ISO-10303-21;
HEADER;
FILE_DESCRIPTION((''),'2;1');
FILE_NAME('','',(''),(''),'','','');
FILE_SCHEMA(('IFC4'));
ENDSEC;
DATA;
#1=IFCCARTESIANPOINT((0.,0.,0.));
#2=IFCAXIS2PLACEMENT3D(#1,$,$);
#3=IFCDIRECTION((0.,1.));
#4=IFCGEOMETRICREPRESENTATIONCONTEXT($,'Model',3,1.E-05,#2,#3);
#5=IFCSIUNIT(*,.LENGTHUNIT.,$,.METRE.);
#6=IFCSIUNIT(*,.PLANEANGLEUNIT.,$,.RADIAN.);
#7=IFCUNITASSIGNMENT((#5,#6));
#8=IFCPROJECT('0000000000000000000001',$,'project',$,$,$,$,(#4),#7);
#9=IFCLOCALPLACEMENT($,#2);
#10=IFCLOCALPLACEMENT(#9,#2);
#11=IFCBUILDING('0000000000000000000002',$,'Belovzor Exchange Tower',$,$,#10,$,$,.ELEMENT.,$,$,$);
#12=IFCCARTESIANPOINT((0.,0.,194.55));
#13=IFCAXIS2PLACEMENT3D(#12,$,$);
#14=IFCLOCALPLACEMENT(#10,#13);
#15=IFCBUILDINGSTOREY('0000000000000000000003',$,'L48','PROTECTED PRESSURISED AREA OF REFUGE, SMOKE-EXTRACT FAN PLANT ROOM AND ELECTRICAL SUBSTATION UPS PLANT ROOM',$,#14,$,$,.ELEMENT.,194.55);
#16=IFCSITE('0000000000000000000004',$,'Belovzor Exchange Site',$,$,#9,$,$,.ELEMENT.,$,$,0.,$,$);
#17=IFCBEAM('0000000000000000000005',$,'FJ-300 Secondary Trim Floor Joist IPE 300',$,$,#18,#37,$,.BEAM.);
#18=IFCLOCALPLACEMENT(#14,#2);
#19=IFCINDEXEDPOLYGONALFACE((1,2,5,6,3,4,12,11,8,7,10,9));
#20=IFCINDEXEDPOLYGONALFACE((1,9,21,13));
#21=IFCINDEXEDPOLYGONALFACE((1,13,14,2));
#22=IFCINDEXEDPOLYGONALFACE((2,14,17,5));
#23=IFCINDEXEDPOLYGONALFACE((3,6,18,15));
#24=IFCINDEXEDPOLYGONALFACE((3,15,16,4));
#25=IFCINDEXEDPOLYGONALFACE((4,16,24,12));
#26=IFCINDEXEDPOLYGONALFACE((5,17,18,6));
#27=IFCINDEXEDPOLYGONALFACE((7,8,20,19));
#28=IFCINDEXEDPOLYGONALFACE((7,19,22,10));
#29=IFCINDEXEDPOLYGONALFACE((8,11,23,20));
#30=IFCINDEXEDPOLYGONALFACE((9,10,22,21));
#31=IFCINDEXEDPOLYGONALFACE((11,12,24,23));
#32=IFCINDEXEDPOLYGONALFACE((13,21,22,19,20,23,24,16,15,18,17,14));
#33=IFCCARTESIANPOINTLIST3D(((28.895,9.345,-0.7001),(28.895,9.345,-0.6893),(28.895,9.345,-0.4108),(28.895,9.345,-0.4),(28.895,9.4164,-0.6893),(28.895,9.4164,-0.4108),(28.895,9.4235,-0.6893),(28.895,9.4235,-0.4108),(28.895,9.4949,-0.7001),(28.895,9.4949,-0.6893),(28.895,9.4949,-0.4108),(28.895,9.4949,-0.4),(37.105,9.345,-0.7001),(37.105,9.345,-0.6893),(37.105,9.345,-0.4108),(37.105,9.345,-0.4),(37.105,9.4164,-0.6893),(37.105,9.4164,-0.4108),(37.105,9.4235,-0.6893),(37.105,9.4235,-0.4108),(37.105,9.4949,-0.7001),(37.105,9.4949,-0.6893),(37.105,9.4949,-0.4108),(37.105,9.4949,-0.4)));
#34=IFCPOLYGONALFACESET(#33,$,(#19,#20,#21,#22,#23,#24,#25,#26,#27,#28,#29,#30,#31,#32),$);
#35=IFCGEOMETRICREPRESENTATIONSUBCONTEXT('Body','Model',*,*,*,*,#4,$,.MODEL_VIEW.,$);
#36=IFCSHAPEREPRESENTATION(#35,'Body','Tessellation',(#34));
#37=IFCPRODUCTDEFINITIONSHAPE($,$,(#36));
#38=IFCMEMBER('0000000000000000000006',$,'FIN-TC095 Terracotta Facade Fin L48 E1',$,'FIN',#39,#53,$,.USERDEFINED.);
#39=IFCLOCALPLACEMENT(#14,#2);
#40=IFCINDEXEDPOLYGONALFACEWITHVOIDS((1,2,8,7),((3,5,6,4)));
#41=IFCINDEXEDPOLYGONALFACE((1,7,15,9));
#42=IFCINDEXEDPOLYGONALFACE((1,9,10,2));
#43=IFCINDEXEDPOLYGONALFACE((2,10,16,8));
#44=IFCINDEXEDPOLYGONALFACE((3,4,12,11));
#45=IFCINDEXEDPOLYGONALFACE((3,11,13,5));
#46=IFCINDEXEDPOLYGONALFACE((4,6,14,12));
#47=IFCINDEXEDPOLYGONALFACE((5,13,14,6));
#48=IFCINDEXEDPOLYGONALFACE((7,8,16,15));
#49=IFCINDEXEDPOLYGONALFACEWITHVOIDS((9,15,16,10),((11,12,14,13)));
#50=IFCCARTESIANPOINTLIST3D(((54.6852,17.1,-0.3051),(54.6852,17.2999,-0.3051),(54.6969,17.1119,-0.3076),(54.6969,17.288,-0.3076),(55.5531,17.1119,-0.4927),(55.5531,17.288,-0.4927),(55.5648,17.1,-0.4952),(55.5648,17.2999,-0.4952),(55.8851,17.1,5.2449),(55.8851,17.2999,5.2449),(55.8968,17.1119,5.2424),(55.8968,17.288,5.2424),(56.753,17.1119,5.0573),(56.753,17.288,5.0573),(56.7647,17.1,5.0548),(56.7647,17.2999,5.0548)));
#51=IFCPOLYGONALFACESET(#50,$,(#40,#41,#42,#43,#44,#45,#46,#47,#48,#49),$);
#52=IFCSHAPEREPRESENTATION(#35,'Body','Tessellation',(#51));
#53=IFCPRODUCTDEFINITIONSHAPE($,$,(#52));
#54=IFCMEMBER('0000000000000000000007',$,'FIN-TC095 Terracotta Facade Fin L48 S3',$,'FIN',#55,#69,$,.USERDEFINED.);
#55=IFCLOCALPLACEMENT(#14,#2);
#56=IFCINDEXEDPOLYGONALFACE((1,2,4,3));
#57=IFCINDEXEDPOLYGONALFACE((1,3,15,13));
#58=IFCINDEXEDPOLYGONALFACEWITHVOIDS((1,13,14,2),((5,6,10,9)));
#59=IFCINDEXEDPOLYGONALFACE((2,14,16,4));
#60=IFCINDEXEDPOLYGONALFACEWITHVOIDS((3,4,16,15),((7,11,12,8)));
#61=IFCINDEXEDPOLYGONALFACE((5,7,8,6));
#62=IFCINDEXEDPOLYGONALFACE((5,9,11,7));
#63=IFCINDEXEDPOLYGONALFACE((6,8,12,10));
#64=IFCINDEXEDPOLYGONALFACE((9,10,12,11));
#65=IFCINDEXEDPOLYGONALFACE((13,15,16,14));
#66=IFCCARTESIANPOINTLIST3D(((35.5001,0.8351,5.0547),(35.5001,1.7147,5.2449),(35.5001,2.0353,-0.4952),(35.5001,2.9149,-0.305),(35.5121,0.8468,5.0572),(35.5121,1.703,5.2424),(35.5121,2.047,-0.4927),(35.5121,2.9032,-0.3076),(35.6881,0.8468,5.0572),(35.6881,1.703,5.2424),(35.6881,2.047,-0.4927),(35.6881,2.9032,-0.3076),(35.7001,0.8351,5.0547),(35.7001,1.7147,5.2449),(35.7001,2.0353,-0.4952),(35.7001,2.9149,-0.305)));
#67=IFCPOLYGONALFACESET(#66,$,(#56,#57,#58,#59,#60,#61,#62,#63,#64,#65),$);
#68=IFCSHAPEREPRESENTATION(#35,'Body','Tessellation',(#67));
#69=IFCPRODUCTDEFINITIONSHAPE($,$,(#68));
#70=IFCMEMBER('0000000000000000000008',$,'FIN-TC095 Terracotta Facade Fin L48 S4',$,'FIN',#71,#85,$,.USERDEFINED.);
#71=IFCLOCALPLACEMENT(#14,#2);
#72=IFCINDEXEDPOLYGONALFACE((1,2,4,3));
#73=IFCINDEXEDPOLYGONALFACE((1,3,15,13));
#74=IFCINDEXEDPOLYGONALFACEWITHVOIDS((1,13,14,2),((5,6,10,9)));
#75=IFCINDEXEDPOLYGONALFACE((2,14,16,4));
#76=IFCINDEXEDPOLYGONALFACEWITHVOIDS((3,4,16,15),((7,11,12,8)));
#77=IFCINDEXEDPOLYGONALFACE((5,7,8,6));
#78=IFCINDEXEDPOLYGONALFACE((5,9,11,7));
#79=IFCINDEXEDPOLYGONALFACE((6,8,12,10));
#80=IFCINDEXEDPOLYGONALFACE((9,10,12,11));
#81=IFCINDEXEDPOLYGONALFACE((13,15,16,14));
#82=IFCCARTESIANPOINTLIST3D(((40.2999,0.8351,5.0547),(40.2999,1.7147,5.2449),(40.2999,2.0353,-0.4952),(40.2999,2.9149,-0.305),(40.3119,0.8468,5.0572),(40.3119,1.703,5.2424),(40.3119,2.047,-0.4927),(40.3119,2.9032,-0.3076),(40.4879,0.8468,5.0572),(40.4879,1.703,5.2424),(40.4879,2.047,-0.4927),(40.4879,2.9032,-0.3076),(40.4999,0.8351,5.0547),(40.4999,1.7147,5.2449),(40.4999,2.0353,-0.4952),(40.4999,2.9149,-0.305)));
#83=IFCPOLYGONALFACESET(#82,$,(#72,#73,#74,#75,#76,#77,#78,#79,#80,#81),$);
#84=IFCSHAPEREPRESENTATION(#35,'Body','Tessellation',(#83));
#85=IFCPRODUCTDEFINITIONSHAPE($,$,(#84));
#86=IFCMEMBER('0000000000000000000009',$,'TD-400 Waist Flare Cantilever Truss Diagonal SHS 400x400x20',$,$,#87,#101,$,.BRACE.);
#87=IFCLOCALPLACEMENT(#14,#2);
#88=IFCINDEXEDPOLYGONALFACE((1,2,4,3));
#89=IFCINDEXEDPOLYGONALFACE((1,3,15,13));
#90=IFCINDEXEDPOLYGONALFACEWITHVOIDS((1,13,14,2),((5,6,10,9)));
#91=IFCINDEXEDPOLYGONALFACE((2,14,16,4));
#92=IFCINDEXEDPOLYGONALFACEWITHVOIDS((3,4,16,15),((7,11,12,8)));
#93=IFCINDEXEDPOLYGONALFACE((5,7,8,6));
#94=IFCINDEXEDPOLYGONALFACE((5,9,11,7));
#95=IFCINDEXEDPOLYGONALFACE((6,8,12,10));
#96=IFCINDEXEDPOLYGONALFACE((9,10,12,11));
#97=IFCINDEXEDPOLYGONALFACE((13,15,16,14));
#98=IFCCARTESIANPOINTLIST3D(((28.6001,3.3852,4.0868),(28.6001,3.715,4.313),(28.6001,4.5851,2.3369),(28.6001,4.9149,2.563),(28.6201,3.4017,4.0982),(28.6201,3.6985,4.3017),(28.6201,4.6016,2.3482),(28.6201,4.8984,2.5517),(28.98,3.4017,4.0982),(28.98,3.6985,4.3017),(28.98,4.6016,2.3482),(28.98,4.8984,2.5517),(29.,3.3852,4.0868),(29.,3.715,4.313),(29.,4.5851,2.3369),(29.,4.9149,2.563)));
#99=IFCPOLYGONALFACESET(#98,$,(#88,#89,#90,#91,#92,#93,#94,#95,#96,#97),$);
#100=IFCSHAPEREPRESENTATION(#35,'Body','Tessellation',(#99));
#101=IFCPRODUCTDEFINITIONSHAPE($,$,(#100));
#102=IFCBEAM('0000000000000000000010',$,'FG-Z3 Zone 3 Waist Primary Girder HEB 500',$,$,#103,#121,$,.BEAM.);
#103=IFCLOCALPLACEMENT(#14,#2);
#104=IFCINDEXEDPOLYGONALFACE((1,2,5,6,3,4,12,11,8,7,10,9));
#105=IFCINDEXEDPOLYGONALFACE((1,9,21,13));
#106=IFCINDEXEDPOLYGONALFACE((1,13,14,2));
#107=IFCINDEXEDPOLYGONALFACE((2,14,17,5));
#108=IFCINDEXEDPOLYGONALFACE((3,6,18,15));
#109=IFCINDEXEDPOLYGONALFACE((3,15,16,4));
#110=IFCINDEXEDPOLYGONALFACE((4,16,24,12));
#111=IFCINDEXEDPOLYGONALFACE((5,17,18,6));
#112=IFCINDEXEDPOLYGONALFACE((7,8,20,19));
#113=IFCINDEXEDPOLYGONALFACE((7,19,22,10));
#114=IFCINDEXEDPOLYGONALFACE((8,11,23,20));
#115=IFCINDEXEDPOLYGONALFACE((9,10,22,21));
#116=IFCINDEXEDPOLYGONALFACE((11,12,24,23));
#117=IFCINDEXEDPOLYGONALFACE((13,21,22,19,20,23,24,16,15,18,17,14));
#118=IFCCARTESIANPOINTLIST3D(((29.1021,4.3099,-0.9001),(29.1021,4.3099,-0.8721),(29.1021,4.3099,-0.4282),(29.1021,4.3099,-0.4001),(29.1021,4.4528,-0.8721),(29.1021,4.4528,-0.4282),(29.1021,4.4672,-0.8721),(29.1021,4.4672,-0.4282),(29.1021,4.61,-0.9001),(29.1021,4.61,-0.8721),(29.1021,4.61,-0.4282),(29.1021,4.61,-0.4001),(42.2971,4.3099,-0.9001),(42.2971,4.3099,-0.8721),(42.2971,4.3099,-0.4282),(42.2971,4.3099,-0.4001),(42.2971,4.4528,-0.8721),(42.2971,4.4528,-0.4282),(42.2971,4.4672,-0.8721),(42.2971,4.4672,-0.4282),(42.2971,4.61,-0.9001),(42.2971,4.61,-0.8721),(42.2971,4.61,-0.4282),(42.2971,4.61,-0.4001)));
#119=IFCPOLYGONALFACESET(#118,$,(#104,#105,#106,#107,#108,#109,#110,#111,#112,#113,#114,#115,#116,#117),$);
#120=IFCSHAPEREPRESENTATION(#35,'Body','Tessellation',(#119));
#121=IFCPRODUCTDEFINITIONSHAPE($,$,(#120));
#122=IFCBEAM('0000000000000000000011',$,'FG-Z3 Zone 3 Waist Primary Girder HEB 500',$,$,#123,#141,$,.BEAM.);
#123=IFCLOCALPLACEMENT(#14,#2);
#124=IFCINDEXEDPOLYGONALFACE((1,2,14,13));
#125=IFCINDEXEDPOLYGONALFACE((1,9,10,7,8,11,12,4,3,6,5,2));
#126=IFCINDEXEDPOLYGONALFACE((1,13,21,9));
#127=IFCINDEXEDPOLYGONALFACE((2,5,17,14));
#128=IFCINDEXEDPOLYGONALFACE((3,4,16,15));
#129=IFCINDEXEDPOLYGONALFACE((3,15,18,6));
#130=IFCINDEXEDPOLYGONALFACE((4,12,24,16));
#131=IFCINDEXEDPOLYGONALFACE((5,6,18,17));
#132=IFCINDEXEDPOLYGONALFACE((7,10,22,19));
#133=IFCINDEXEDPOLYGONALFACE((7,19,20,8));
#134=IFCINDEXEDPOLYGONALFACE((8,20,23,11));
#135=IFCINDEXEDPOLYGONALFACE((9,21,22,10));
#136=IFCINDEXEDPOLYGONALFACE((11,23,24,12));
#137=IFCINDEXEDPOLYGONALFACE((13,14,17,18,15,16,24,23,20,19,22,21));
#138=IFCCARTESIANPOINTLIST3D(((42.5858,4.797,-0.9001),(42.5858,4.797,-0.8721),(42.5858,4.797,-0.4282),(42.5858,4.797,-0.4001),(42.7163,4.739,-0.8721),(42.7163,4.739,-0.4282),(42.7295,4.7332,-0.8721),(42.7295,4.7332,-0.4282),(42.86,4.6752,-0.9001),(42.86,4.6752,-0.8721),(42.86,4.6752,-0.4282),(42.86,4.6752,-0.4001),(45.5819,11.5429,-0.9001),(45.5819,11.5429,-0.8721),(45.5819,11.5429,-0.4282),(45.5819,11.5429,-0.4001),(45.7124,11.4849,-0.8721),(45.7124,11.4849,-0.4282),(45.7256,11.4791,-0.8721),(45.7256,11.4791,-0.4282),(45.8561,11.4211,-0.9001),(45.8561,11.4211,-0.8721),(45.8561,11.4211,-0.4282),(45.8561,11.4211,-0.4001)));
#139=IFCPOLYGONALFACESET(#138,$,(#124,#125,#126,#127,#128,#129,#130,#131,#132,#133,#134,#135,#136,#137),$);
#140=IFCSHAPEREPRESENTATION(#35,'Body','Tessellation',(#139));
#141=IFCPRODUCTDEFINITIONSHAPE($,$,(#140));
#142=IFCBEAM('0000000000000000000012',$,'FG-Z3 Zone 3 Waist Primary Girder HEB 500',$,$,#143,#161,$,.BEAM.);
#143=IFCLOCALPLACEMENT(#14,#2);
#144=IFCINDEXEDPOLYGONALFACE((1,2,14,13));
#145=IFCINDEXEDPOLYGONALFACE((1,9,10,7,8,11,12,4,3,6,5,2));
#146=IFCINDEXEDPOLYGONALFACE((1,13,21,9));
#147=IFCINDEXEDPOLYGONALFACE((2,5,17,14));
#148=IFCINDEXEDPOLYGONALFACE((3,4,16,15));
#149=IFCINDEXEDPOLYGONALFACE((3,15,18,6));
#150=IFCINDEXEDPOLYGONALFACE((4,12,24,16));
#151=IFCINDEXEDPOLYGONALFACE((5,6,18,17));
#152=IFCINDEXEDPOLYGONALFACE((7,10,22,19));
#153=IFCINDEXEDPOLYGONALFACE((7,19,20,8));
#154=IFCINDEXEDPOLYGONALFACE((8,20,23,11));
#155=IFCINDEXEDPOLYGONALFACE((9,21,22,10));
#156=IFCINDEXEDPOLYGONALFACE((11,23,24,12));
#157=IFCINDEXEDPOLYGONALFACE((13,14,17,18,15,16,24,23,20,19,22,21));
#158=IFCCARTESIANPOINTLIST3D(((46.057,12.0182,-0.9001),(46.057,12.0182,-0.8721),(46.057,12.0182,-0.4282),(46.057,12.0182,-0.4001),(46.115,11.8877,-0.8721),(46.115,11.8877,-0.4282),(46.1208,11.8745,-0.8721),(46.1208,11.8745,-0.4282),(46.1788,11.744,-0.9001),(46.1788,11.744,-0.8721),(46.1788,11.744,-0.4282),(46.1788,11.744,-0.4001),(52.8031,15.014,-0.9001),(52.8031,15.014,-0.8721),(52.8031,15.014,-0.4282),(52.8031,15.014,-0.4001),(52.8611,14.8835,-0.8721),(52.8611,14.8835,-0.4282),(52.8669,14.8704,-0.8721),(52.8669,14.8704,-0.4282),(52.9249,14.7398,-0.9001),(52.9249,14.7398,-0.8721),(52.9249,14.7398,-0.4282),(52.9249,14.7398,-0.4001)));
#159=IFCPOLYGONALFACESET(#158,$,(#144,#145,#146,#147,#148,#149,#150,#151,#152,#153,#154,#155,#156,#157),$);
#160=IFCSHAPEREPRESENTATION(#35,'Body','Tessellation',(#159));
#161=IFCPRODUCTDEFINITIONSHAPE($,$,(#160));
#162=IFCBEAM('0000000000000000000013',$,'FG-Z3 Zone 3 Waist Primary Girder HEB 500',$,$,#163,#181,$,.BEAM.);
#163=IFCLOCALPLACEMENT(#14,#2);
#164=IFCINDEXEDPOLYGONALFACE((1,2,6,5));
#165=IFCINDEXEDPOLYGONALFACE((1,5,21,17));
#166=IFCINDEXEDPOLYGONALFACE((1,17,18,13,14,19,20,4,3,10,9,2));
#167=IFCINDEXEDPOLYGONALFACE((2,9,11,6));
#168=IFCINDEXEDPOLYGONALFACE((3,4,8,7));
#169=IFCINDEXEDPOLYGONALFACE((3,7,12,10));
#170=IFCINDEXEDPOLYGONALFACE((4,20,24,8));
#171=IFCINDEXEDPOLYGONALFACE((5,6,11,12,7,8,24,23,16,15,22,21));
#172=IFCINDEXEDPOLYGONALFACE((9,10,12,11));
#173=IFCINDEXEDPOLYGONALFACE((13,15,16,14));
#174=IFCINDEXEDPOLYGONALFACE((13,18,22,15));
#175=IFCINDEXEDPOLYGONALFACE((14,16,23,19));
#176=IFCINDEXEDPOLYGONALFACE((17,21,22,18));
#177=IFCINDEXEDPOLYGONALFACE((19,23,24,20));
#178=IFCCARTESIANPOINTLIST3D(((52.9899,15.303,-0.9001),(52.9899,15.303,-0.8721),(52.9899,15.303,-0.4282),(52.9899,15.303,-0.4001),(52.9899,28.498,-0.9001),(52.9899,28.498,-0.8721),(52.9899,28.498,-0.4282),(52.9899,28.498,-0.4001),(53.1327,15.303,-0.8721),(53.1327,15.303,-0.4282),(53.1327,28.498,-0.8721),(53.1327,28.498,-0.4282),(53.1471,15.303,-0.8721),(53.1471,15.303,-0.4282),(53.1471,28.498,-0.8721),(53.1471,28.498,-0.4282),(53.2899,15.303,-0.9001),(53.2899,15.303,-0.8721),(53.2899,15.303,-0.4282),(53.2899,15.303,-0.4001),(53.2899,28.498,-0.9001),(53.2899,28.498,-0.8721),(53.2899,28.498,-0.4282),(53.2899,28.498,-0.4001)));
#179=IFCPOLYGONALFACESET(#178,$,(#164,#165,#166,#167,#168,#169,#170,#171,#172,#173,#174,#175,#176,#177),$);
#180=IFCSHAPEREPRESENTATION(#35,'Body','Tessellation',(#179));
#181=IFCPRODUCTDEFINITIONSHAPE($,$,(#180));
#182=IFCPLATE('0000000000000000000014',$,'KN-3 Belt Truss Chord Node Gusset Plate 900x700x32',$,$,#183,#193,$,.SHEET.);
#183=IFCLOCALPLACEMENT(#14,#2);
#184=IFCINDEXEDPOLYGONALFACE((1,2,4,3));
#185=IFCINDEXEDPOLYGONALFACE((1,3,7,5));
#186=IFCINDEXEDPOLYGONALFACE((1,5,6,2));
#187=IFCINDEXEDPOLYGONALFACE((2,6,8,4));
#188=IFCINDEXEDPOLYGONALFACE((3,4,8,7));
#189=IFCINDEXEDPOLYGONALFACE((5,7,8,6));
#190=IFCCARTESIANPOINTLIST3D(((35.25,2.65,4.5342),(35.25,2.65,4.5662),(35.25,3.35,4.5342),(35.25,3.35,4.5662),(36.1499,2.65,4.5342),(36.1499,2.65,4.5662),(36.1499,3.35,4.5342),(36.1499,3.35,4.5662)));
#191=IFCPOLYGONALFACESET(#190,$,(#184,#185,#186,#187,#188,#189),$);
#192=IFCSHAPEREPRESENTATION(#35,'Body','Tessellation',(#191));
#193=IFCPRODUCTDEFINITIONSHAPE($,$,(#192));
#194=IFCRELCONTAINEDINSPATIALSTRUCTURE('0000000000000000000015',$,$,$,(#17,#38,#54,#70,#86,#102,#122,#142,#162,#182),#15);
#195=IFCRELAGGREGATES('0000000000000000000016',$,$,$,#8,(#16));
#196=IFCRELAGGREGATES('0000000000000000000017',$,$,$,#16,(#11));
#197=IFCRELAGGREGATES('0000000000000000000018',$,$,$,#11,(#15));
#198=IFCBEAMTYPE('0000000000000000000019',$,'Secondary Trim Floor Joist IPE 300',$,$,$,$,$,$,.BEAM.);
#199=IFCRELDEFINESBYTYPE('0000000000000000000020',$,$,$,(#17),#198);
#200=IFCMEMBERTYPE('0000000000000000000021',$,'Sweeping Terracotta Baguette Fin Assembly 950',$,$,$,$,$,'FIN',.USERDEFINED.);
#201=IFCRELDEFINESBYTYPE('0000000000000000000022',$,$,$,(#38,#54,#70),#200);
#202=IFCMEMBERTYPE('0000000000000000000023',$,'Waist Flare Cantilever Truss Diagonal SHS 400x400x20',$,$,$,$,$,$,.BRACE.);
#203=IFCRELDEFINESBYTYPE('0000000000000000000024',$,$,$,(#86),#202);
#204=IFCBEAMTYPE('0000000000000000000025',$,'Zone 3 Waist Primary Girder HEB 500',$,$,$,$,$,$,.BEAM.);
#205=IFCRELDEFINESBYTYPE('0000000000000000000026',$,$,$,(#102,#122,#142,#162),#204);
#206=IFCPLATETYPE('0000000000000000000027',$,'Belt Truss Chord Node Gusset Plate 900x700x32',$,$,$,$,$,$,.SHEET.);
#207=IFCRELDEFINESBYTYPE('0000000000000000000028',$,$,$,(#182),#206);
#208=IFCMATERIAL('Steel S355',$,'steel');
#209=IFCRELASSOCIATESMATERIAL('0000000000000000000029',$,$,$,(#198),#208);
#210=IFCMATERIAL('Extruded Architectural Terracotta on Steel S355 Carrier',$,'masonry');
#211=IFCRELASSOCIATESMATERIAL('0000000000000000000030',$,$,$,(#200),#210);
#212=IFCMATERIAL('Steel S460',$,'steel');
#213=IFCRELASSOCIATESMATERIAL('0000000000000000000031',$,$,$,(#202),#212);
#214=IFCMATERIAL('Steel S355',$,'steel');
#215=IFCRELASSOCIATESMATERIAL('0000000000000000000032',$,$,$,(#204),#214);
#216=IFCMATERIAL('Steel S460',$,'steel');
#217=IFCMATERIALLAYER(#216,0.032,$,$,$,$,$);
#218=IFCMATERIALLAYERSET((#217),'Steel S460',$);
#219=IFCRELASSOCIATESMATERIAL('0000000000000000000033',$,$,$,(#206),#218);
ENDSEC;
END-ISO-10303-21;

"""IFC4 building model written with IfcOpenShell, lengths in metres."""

from ifc_helpers import new_model, si_unit, direction, frame, origin, origin_2d, place, context, subcontext, project, spatial, rectangle, hollow_rectangle, i_section, extrude, material, layer, layer_set, material_profile, profile_set, type_object, element, save


model = new_model("IFC4")

# Units and contexts
model_context = context("Model", 3, precision=1e-05, world=origin(), true_north=direction((0.0, 1.0)))
body_context = subcontext(model_context, "Body", "Model", "MODEL_VIEW")
ifc_project = project(units=[si_unit("LENGTHUNIT", "METRE"), si_unit("PLANEANGLEUNIT", "RADIAN")], contexts=[model_context])

# Site, building, storey
site_placement = place(None, origin())
site = spatial("IfcSite", under=ifc_project, at=site_placement, Name="Belovzor Exchange Site", CompositionType="ELEMENT", RefElevation=0.0)
building_placement = place(site_placement, origin())
building = spatial("IfcBuilding", under=site, at=building_placement, Name="Belovzor Exchange Tower", CompositionType="ELEMENT")
storey_placement = place(building_placement, frame((0.0, 0.0, 194.55)))
storey = spatial("IfcBuildingStorey", under=building, at=storey_placement, Name="L48", Description="PROTECTED PRESSURISED AREA OF REFUGE, SMOKE-EXTRACT FAN PLANT ROOM AND ELECTRICAL SUBSTATION UPS PLANT ROOM", CompositionType="ELEMENT", Elevation=194.55)

# Beam
ifc_material_1 = material(Name="Steel S355", Category="steel")
ifc_material_profile_1 = material_profile(ifc_material_1, i_section(OverallWidth=0.1499, OverallDepth=0.3, WebThickness=0.0071, FlangeThickness=0.0107, at=origin_2d()))
ifc_profile_set_1 = profile_set([ifc_material_profile_1], Name="Steel S355")
beam_type_1 = type_object("IfcBeamType", Name="Secondary Trim Floor Joist IPE 300", PredefinedType="BEAM", material=ifc_profile_set_1)
beam_1_placement = place(storey_placement, frame((28.895, 9.4199, -0.55), z_axis=(1.0, 0.0, 0.0), x_axis=(0.0, 1.0, 0.0)))
element("IfcBeam", 1, at=beam_1_placement, inside=storey, type_object=beam_type_1, Name="FJ-300 Secondary Trim Floor Joist IPE 300", PredefinedType="BEAM", context=body_context, shape_type="SweptSolid", body=[
    extrude(i_section(OverallWidth=0.1499, OverallDepth=0.3, WebThickness=0.0071, FlangeThickness=0.0107, at=origin_2d()), origin(), (0.0, 0.0, 1.0), 8.21),
])

# Members
ifc_material_2 = material(Name="Extruded Architectural Terracotta on Steel S355 Carrier", Category="masonry")
ifc_material_profile_2 = material_profile(ifc_material_2, hollow_rectangle(XDim=0.2, YDim=0.8999, WallThickness=0.012, at=origin_2d()))
ifc_profile_set_2 = profile_set([ifc_material_profile_2], Name="Extruded Architectural Terracotta on Steel S355 Carrier")
member_type_1 = type_object("IfcMemberType", Name="Sweeping Terracotta Baguette Fin Assembly 950", ElementType="FIN", PredefinedType="USERDEFINED", material=ifc_profile_set_2)
for number, where, z_axis, x_axis, name in (
    (2, (55.125, 17.2, -0.4001), (0.211323, 0.0, 0.977416), (0.0, 1.0, 0.0), "FIN-TC095 Terracotta Facade Fin L48 E1"),
    (3, (35.6001, 2.4751, -0.4001), (0.0, -0.211364, 0.977407), (1.0, 0.0, 0.0), "FIN-TC095 Terracotta Facade Fin L48 S3"),
    (4, (40.3999, 2.4751, -0.4001), (0.0, -0.211364, 0.977407), (1.0, 0.0, 0.0), "FIN-TC095 Terracotta Facade Fin L48 S4"),
):
    element("IfcMember", number, at=place(storey_placement, frame(where, z_axis=z_axis, x_axis=x_axis)), inside=storey, type_object=member_type_1, Name=name, ObjectType="FIN", PredefinedType="USERDEFINED", context=body_context, shape_type="SweptSolid", body=[
        extrude(hollow_rectangle(XDim=0.2, YDim=0.8999, WallThickness=0.012, at=origin_2d()), origin(), (0.0, 0.0, 1.0), 5.6782),
    ])
ifc_material_3 = material(Name="Steel S460", Category="steel")
ifc_material_profile_3 = material_profile(ifc_material_3, hollow_rectangle(XDim=0.3999, YDim=0.3999, WallThickness=0.02, at=origin_2d()))
ifc_profile_set_3 = profile_set([ifc_material_profile_3], Name="Steel S460")
member_type_2 = type_object("IfcMemberType", Name="Waist Flare Cantilever Truss Diagonal SHS 400x400x20", PredefinedType="BRACE", material=ifc_profile_set_3)
member_1_placement = place(storey_placement, frame((28.8, 4.75, 2.45), z_axis=(0.0, -0.565513, 0.82474), x_axis=(1.0, 0.0, 0.0)))
element("IfcMember", 5, at=member_1_placement, inside=storey, type_object=member_type_2, Name="TD-400 Waist Flare Cantilever Truss Diagonal SHS 400x400x20", PredefinedType="BRACE", context=body_context, shape_type="SweptSolid", body=[
    extrude(hollow_rectangle(XDim=0.3999, YDim=0.3999, WallThickness=0.02, at=origin_2d()), origin(), (0.0, 0.0, 1.0), 2.1218),
])

# Beams
ifc_material_4 = material(Name="Steel S355", Category="steel")
ifc_material_profile_4 = material_profile(ifc_material_4, i_section(OverallWidth=0.3, OverallDepth=0.5, WebThickness=0.0144, FlangeThickness=0.0281, at=origin_2d()))
ifc_profile_set_4 = profile_set([ifc_material_profile_4], Name="Steel S355")
beam_type_2 = type_object("IfcBeamType", Name="Zone 3 Waist Primary Girder HEB 500", PredefinedType="BEAM", material=ifc_profile_set_4)
beam_2_placement = place(storey_placement, frame((29.1021, 4.46, -0.6501), z_axis=(1.0, 0.0, 0.0), x_axis=(0.0, 1.0, 0.0)))
element("IfcBeam", 6, at=beam_2_placement, inside=storey, type_object=beam_type_2, Name="FG-Z3 Zone 3 Waist Primary Girder HEB 500", PredefinedType="BEAM", context=body_context, shape_type="SweptSolid", body=[
    extrude(i_section(OverallWidth=0.3, OverallDepth=0.5, WebThickness=0.0144, FlangeThickness=0.0281, at=origin_2d()), origin(), (0.0, 0.0, 1.0), 13.1951),
])
for number, where, z_axis, x_axis, name in (
    (7, (42.7229, 4.7361, -0.6501), (0.405905, 0.913915, 0.0), (-0.913915, 0.405905, 0.0), "FG-Z3 Zone 3 Waist Primary Girder HEB 500"),
    (8, (46.1179, 11.8811, -0.6501), (0.913933, 0.405865, 0.0), (-0.405865, 0.913933, 0.0), "FG-Z3 Zone 3 Waist Primary Girder HEB 500"),
):
    element("IfcBeam", number, at=place(storey_placement, frame(where, z_axis=z_axis, x_axis=x_axis)), inside=storey, type_object=beam_type_2, Name=name, PredefinedType="BEAM", context=body_context, shape_type="SweptSolid", body=[
        extrude(i_section(OverallWidth=0.3, OverallDepth=0.5, WebThickness=0.0144, FlangeThickness=0.0281, at=origin_2d()), origin(), (0.0, 0.0, 1.0), 7.3813),
    ])
beam_3_placement = place(storey_placement, frame((53.1399, 15.303, -0.6501), z_axis=(0.0, 1.0, 0.0), x_axis=(-1.0, 0.0, 0.0)))
element("IfcBeam", 9, at=beam_3_placement, inside=storey, type_object=beam_type_2, Name="FG-Z3 Zone 3 Waist Primary Girder HEB 500", PredefinedType="BEAM", context=body_context, shape_type="SweptSolid", body=[
    extrude(i_section(OverallWidth=0.3, OverallDepth=0.5, WebThickness=0.0144, FlangeThickness=0.0281, at=origin_2d()), origin(), (0.0, 0.0, 1.0), 13.1951),
])

# Plate
ifc_material_5 = material(Name="Steel S460", Category="steel")
ifc_layer_1 = layer(ifc_material_5, 0.032)
ifc_layer_set_1 = layer_set([ifc_layer_1], Name="Steel S460")
plate_type_1 = type_object("IfcPlateType", Name="Belt Truss Chord Node Gusset Plate 900x700x32", PredefinedType="SHEET", material=ifc_layer_set_1)
plate_1_placement = place(storey_placement, frame((35.7, 3.0, 4.5342), z_axis=(0.0, 0.0, 1.0), x_axis=(1.0, 0.0, 0.0)))
element("IfcPlate", 10, at=plate_1_placement, inside=storey, type_object=plate_type_1, Name="KN-3 Belt Truss Chord Node Gusset Plate 900x700x32", PredefinedType="SHEET", context=body_context, shape_type="SweptSolid", body=[
    extrude(rectangle(XDim=0.8999, YDim=0.7, at=origin_2d()), origin(), (0.0, 0.0, 1.0), 0.032),
])

save(model, "model.ifc")
